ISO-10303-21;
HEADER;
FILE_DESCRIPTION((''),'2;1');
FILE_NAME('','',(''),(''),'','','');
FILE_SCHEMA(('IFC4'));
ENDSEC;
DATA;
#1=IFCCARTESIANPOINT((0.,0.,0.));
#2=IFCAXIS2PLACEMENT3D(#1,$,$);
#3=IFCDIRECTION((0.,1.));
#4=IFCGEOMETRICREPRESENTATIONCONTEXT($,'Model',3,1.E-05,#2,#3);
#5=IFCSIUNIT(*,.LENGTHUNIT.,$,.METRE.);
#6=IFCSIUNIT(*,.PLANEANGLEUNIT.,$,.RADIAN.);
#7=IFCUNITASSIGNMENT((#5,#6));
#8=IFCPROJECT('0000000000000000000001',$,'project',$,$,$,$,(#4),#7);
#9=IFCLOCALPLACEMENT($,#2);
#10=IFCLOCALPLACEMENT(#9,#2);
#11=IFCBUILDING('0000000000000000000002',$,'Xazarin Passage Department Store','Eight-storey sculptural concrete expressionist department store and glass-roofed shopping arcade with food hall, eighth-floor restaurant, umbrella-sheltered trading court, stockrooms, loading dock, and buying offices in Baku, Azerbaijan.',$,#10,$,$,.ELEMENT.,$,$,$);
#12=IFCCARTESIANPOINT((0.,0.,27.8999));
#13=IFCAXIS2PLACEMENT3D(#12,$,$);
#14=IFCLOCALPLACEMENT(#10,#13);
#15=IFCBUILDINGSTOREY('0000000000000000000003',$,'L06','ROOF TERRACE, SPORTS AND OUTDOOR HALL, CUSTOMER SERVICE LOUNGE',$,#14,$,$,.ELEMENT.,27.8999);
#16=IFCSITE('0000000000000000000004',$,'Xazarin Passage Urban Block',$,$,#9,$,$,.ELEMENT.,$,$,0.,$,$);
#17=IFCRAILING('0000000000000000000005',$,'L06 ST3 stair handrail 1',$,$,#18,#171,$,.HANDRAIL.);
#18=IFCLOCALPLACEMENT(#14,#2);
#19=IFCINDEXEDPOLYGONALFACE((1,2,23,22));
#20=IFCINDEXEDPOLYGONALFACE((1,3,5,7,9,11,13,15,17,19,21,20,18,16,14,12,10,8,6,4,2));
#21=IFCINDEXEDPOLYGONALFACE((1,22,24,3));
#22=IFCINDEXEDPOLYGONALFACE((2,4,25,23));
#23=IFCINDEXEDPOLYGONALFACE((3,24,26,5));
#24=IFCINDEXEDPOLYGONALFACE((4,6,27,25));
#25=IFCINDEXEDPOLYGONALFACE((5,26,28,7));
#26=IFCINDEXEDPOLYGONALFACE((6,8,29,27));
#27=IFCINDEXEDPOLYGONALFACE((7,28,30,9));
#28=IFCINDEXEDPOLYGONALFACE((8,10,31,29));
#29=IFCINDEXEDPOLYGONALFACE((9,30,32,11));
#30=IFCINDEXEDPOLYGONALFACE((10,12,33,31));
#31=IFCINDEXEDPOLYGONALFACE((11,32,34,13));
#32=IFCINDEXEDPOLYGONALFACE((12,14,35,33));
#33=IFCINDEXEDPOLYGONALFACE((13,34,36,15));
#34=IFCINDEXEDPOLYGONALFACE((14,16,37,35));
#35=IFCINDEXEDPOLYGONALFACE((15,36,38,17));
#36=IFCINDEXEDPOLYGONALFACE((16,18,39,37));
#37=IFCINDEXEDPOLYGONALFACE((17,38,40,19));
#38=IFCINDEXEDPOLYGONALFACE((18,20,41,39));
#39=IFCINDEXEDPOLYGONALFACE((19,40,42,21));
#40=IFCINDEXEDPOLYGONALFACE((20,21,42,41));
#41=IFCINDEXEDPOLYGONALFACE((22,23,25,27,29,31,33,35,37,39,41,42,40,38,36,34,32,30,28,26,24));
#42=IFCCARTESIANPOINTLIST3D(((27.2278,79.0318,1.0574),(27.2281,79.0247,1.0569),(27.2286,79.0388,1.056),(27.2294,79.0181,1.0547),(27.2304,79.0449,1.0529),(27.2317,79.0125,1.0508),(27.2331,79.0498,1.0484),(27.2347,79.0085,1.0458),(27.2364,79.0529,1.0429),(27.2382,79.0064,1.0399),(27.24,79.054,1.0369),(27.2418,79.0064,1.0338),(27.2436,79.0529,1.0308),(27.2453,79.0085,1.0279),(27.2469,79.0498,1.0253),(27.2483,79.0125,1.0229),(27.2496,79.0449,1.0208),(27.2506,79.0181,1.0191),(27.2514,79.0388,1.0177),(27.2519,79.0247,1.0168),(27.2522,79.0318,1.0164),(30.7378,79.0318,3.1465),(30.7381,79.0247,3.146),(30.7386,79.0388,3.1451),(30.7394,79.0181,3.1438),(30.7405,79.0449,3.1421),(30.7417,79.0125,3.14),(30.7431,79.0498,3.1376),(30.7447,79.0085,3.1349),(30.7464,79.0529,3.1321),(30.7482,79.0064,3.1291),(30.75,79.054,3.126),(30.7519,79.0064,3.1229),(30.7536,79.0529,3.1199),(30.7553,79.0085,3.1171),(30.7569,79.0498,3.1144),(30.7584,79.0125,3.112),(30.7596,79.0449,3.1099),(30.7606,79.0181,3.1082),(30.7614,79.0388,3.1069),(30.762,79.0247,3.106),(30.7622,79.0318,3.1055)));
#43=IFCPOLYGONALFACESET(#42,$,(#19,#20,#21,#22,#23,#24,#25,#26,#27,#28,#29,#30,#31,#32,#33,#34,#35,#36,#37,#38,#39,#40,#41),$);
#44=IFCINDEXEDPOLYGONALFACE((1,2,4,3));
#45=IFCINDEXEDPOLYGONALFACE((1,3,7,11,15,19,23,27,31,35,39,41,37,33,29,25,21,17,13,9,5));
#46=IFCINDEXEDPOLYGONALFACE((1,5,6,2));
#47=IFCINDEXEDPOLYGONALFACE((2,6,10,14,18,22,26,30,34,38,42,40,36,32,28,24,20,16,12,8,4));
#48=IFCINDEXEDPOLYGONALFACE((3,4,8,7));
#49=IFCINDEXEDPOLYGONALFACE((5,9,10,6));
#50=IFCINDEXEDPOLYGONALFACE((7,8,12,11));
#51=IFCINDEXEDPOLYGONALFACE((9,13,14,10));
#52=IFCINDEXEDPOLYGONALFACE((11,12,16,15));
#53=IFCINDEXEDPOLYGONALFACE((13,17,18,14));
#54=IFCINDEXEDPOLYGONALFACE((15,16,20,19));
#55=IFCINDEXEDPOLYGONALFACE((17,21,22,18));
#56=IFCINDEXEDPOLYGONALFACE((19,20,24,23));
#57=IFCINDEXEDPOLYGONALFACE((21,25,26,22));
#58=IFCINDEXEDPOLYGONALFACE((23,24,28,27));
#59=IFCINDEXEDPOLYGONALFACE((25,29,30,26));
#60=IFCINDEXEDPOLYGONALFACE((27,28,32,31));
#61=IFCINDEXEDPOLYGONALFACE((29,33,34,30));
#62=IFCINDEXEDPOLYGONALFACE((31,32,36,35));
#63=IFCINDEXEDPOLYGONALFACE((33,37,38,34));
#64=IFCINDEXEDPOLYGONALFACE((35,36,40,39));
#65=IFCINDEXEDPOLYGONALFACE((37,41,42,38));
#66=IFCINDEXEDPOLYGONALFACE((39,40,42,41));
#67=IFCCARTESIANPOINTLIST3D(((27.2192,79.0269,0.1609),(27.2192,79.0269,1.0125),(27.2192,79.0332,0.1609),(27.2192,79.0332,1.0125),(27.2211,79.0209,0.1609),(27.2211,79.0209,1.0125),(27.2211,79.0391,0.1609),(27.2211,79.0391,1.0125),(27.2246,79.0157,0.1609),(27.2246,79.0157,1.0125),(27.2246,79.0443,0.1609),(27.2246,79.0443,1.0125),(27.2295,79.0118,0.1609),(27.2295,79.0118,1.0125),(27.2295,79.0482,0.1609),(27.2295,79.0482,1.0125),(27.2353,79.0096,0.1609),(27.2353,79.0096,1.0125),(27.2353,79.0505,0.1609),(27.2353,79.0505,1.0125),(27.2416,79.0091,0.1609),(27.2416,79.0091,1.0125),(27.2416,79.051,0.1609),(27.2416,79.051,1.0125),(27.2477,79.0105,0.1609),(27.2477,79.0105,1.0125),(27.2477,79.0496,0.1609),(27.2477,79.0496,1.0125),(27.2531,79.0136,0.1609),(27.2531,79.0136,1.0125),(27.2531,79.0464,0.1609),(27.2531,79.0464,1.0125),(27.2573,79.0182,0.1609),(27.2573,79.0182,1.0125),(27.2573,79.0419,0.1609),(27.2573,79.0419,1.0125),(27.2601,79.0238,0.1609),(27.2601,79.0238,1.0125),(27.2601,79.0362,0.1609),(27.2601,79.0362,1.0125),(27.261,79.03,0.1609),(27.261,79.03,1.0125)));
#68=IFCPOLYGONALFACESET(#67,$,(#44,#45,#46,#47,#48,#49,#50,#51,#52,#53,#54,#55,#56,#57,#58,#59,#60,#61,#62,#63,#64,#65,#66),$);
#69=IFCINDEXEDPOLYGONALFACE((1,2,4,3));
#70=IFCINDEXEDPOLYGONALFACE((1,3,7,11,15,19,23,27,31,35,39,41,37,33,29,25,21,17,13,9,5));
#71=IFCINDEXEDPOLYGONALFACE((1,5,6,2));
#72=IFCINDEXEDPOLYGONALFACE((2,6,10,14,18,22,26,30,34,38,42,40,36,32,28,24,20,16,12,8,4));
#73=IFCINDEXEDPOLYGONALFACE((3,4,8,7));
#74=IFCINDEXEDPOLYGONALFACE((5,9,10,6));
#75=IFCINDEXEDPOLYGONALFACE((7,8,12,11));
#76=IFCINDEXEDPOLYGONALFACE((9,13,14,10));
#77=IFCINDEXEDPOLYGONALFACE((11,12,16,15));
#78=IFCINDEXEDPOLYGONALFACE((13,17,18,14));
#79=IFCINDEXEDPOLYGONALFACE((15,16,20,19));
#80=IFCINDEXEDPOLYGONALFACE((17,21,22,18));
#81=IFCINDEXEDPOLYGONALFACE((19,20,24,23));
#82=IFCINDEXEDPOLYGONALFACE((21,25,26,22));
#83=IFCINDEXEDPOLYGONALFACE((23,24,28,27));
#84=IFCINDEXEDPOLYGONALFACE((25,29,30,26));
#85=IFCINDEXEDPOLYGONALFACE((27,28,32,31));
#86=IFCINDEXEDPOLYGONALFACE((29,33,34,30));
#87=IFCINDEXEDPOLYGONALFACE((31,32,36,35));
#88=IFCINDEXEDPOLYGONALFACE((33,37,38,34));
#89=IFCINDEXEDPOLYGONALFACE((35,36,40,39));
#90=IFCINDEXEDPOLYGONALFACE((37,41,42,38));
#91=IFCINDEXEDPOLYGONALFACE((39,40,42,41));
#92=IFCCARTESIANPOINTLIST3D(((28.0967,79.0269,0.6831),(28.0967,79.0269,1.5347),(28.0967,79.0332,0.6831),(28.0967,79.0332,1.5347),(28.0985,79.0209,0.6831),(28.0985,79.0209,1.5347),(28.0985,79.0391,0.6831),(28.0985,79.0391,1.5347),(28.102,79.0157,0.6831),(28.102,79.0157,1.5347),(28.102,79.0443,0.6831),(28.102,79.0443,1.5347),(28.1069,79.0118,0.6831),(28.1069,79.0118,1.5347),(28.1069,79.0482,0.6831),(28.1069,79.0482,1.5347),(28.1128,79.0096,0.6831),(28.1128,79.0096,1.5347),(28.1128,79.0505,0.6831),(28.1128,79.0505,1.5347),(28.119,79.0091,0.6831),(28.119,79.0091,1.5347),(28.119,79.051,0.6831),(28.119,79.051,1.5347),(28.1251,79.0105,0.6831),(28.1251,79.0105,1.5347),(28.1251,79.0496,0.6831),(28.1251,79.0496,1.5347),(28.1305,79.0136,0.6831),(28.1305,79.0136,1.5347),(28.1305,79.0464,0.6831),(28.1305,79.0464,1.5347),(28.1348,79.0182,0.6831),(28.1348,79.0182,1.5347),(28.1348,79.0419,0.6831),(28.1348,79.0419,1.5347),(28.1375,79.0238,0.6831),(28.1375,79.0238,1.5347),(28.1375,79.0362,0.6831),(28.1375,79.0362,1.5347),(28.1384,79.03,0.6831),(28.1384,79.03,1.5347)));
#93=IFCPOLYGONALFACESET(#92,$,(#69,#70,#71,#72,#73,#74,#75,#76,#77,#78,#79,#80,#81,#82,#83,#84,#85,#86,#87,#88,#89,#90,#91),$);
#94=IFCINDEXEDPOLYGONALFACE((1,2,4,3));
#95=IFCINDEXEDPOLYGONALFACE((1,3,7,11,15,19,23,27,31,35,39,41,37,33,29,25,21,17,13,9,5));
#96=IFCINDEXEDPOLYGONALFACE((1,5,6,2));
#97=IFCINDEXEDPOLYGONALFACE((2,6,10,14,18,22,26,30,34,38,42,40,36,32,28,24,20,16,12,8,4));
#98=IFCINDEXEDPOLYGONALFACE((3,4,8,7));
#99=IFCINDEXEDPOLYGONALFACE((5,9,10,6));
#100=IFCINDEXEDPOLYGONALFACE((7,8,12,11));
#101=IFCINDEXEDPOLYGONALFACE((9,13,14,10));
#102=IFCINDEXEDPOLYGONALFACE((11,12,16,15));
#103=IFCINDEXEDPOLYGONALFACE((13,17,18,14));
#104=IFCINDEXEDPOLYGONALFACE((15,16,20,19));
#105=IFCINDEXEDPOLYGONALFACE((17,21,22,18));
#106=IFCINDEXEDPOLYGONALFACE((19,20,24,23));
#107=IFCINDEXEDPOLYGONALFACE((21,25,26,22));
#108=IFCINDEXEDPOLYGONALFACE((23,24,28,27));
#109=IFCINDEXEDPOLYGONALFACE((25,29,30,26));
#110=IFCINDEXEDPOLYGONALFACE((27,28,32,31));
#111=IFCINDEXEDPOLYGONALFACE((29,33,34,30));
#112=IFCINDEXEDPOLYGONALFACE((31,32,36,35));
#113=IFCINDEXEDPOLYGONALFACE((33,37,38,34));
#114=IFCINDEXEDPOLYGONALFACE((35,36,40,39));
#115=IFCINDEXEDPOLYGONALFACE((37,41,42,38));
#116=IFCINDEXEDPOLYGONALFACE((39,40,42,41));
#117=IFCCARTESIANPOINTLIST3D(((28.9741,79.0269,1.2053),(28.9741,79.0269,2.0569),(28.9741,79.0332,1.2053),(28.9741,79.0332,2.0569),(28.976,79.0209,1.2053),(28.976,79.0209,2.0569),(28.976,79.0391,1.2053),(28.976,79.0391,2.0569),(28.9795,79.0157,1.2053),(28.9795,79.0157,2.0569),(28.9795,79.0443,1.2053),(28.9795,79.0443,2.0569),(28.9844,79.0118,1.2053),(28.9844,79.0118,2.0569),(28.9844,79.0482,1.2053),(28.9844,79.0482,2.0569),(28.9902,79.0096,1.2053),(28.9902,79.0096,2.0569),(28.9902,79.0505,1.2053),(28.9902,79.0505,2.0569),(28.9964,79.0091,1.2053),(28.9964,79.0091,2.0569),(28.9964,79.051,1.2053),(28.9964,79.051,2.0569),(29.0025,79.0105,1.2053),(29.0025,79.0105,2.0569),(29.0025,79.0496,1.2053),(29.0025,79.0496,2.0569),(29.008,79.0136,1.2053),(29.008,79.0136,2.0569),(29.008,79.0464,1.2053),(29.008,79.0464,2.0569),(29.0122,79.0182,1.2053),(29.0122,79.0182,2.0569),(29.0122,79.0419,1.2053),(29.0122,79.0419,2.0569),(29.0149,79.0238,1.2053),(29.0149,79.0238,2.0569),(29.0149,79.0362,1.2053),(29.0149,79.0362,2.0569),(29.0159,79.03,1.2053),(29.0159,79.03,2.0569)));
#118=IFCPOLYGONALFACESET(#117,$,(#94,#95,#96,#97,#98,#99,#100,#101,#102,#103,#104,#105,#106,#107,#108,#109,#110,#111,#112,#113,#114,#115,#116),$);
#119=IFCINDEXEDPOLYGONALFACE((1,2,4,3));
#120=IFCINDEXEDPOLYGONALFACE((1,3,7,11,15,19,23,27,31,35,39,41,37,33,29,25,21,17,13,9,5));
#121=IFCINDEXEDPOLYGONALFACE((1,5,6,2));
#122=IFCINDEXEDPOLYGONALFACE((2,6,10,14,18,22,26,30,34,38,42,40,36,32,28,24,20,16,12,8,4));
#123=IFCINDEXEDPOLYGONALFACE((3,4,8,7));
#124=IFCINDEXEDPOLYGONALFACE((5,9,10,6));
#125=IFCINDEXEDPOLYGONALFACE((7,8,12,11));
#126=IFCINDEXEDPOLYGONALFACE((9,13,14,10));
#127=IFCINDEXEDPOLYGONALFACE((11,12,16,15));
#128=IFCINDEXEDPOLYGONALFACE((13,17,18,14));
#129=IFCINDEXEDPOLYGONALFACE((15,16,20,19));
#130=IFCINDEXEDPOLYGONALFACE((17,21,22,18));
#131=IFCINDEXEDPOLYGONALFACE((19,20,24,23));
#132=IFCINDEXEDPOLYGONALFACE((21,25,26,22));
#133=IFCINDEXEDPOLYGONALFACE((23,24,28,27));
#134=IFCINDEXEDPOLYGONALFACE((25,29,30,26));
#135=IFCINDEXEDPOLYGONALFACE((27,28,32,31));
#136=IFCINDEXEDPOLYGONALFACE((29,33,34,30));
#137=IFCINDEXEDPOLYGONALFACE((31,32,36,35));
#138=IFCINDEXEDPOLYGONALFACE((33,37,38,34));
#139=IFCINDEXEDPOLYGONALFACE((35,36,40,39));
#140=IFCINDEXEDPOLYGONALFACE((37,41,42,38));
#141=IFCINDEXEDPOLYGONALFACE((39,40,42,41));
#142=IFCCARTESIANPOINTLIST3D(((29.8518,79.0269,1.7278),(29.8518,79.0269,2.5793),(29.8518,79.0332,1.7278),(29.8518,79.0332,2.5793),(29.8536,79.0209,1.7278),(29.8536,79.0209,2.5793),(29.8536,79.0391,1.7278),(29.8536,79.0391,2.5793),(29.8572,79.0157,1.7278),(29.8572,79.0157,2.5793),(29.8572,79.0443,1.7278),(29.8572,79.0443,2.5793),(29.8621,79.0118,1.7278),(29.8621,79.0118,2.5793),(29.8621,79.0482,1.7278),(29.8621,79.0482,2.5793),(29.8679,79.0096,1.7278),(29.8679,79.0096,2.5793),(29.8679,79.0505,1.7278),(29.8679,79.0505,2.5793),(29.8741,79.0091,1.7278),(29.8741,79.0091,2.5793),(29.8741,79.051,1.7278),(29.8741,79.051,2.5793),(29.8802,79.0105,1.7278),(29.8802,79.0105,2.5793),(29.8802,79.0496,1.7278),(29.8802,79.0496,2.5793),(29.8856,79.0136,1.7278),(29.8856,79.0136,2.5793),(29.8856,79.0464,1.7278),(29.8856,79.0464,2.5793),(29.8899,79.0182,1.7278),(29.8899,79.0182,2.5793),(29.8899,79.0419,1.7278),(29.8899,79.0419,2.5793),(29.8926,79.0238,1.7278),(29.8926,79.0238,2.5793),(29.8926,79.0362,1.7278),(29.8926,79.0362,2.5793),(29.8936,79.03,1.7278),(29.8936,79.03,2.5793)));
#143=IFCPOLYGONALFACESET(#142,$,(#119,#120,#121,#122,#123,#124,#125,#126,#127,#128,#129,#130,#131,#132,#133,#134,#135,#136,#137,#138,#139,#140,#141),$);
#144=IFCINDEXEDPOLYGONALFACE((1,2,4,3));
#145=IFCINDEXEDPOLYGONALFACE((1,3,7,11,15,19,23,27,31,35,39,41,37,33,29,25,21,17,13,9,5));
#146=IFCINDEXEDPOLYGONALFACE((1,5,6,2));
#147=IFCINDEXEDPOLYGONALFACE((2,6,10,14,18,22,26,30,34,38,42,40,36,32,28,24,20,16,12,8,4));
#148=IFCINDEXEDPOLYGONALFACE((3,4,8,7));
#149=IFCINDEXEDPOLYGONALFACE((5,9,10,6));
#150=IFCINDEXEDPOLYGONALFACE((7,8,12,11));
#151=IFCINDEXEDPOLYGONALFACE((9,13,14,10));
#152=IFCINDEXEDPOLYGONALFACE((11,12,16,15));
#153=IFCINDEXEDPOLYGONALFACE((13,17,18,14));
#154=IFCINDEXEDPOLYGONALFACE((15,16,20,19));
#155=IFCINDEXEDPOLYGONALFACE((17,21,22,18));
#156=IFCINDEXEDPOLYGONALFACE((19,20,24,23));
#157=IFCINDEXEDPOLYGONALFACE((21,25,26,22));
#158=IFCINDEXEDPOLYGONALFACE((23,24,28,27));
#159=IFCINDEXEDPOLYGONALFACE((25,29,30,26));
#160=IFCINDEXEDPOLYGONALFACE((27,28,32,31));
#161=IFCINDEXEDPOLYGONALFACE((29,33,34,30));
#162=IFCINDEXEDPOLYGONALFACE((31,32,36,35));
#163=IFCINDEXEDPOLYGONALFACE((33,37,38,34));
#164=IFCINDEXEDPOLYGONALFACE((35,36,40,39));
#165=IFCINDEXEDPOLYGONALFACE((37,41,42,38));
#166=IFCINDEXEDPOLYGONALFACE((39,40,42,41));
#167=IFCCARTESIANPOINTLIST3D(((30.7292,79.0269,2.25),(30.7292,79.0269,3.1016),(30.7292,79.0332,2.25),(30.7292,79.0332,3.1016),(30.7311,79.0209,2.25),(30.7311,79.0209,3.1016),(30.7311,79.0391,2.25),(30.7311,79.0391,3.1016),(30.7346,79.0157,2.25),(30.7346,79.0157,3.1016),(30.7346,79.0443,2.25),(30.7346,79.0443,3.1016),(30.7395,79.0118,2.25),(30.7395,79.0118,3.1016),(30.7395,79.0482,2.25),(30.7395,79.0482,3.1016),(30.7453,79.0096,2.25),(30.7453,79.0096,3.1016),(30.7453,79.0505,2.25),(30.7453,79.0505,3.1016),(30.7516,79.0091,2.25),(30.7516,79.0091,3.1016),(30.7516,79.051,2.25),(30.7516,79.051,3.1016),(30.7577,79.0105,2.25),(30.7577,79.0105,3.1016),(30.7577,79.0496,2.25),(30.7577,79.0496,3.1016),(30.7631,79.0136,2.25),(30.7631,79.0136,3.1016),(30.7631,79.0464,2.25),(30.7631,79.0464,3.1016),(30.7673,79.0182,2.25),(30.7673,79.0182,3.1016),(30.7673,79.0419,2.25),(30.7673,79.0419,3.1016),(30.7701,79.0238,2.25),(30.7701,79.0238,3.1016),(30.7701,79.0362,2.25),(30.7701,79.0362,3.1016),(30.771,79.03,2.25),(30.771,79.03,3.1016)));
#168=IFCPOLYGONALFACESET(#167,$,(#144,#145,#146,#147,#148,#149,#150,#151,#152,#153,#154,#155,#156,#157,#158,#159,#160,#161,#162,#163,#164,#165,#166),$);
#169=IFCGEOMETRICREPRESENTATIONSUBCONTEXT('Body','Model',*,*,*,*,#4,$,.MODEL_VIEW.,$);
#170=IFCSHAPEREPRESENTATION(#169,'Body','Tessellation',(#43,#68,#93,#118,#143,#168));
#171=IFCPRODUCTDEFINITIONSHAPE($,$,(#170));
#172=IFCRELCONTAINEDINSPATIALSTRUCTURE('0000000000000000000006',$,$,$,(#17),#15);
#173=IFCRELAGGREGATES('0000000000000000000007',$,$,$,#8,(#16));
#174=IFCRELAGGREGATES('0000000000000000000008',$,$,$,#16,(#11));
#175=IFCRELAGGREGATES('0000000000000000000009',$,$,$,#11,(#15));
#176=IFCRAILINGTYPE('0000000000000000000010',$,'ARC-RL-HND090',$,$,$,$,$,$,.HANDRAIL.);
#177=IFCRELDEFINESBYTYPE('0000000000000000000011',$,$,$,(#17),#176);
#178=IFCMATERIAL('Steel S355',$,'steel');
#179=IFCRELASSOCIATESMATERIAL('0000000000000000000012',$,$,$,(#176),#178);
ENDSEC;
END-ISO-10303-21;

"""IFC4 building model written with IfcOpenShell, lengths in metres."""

from ifc_helpers import new_model, si_unit, direction, frame, origin, origin_2d, place, context, subcontext, project, spatial, circle, extrude, material, type_object, element, save


model = new_model("IFC4")

# Units and contexts
model_context = context("Model", 3, precision=1e-05, world=origin(), true_north=direction((0.0, 1.0)))
body_context = subcontext(model_context, "Body", "Model", "MODEL_VIEW")
ifc_project = project(units=[si_unit("LENGTHUNIT", "METRE"), si_unit("PLANEANGLEUNIT", "RADIAN")], contexts=[model_context])

# Site, building, storey
site_placement = place(None, origin())
site = spatial("IfcSite", under=ifc_project, at=site_placement, Name="Xazarin Passage Urban Block", CompositionType="ELEMENT", RefElevation=0.0)
building_placement = place(site_placement, origin())
building = spatial("IfcBuilding", under=site, at=building_placement, Name="Xazarin Passage Department Store", Description="Eight-storey sculptural concrete expressionist department store and glass-roofed shopping arcade with food hall, eighth-floor restaurant, umbrella-sheltered trading court, stockrooms, loading dock, and buying offices in Baku, Azerbaijan.", CompositionType="ELEMENT")
storey_placement = place(building_placement, frame((0.0, 0.0, 27.8999)))
storey = spatial("IfcBuildingStorey", under=building, at=storey_placement, Name="L06", Description="ROOF TERRACE, SPORTS AND OUTDOOR HALL, CUSTOMER SERVICE LOUNGE", CompositionType="ELEMENT", Elevation=27.8999)

# Shared definitions
ifc_material_1 = material(Name="Steel S355", Category="steel")

# Railing
railing_type = type_object("IfcRailingType", Name="ARC-RL-HND090", PredefinedType="HANDRAIL", material=ifc_material_1)
railing_placement = place(storey_placement, frame((27.24, 79.03, 0.1609)))
element("IfcRailing", 1, at=railing_placement, inside=storey, type_object=railing_type, Name="L06 ST3 stair handrail 1", PredefinedType="HANDRAIL", context=body_context, shape_type="SweptSolid", body=[
    extrude(circle(Radius=0.0239, at=origin_2d()), frame((0.0, 0.0, 0.876), z_axis=(0.859312, 0.0, 0.511451), x_axis=(0.0, 1.0, 0.0)), (0.0, 0.0, 1.0), 4.0847),
    extrude(circle(Radius=0.021, at=origin_2d()), origin(), (0.0, 0.0, 1.0), 0.8516),
    extrude(circle(Radius=0.021, at=origin_2d()), frame((0.8774, 0.0, 0.5222)), (0.0, 0.0, 1.0), 0.8516),
    extrude(circle(Radius=0.021, at=origin_2d()), frame((1.7549, 0.0, 1.0444)), (0.0, 0.0, 1.0), 0.8516),
    extrude(circle(Radius=0.021, at=origin_2d()), frame((2.6326, 0.0, 1.5669)), (0.0, 0.0, 1.0), 0.8516),
    extrude(circle(Radius=0.021, at=origin_2d()), frame((3.51, 0.0, 2.0891)), (0.0, 0.0, 1.0), 0.8516),
])

save(model, "model.ifc")
